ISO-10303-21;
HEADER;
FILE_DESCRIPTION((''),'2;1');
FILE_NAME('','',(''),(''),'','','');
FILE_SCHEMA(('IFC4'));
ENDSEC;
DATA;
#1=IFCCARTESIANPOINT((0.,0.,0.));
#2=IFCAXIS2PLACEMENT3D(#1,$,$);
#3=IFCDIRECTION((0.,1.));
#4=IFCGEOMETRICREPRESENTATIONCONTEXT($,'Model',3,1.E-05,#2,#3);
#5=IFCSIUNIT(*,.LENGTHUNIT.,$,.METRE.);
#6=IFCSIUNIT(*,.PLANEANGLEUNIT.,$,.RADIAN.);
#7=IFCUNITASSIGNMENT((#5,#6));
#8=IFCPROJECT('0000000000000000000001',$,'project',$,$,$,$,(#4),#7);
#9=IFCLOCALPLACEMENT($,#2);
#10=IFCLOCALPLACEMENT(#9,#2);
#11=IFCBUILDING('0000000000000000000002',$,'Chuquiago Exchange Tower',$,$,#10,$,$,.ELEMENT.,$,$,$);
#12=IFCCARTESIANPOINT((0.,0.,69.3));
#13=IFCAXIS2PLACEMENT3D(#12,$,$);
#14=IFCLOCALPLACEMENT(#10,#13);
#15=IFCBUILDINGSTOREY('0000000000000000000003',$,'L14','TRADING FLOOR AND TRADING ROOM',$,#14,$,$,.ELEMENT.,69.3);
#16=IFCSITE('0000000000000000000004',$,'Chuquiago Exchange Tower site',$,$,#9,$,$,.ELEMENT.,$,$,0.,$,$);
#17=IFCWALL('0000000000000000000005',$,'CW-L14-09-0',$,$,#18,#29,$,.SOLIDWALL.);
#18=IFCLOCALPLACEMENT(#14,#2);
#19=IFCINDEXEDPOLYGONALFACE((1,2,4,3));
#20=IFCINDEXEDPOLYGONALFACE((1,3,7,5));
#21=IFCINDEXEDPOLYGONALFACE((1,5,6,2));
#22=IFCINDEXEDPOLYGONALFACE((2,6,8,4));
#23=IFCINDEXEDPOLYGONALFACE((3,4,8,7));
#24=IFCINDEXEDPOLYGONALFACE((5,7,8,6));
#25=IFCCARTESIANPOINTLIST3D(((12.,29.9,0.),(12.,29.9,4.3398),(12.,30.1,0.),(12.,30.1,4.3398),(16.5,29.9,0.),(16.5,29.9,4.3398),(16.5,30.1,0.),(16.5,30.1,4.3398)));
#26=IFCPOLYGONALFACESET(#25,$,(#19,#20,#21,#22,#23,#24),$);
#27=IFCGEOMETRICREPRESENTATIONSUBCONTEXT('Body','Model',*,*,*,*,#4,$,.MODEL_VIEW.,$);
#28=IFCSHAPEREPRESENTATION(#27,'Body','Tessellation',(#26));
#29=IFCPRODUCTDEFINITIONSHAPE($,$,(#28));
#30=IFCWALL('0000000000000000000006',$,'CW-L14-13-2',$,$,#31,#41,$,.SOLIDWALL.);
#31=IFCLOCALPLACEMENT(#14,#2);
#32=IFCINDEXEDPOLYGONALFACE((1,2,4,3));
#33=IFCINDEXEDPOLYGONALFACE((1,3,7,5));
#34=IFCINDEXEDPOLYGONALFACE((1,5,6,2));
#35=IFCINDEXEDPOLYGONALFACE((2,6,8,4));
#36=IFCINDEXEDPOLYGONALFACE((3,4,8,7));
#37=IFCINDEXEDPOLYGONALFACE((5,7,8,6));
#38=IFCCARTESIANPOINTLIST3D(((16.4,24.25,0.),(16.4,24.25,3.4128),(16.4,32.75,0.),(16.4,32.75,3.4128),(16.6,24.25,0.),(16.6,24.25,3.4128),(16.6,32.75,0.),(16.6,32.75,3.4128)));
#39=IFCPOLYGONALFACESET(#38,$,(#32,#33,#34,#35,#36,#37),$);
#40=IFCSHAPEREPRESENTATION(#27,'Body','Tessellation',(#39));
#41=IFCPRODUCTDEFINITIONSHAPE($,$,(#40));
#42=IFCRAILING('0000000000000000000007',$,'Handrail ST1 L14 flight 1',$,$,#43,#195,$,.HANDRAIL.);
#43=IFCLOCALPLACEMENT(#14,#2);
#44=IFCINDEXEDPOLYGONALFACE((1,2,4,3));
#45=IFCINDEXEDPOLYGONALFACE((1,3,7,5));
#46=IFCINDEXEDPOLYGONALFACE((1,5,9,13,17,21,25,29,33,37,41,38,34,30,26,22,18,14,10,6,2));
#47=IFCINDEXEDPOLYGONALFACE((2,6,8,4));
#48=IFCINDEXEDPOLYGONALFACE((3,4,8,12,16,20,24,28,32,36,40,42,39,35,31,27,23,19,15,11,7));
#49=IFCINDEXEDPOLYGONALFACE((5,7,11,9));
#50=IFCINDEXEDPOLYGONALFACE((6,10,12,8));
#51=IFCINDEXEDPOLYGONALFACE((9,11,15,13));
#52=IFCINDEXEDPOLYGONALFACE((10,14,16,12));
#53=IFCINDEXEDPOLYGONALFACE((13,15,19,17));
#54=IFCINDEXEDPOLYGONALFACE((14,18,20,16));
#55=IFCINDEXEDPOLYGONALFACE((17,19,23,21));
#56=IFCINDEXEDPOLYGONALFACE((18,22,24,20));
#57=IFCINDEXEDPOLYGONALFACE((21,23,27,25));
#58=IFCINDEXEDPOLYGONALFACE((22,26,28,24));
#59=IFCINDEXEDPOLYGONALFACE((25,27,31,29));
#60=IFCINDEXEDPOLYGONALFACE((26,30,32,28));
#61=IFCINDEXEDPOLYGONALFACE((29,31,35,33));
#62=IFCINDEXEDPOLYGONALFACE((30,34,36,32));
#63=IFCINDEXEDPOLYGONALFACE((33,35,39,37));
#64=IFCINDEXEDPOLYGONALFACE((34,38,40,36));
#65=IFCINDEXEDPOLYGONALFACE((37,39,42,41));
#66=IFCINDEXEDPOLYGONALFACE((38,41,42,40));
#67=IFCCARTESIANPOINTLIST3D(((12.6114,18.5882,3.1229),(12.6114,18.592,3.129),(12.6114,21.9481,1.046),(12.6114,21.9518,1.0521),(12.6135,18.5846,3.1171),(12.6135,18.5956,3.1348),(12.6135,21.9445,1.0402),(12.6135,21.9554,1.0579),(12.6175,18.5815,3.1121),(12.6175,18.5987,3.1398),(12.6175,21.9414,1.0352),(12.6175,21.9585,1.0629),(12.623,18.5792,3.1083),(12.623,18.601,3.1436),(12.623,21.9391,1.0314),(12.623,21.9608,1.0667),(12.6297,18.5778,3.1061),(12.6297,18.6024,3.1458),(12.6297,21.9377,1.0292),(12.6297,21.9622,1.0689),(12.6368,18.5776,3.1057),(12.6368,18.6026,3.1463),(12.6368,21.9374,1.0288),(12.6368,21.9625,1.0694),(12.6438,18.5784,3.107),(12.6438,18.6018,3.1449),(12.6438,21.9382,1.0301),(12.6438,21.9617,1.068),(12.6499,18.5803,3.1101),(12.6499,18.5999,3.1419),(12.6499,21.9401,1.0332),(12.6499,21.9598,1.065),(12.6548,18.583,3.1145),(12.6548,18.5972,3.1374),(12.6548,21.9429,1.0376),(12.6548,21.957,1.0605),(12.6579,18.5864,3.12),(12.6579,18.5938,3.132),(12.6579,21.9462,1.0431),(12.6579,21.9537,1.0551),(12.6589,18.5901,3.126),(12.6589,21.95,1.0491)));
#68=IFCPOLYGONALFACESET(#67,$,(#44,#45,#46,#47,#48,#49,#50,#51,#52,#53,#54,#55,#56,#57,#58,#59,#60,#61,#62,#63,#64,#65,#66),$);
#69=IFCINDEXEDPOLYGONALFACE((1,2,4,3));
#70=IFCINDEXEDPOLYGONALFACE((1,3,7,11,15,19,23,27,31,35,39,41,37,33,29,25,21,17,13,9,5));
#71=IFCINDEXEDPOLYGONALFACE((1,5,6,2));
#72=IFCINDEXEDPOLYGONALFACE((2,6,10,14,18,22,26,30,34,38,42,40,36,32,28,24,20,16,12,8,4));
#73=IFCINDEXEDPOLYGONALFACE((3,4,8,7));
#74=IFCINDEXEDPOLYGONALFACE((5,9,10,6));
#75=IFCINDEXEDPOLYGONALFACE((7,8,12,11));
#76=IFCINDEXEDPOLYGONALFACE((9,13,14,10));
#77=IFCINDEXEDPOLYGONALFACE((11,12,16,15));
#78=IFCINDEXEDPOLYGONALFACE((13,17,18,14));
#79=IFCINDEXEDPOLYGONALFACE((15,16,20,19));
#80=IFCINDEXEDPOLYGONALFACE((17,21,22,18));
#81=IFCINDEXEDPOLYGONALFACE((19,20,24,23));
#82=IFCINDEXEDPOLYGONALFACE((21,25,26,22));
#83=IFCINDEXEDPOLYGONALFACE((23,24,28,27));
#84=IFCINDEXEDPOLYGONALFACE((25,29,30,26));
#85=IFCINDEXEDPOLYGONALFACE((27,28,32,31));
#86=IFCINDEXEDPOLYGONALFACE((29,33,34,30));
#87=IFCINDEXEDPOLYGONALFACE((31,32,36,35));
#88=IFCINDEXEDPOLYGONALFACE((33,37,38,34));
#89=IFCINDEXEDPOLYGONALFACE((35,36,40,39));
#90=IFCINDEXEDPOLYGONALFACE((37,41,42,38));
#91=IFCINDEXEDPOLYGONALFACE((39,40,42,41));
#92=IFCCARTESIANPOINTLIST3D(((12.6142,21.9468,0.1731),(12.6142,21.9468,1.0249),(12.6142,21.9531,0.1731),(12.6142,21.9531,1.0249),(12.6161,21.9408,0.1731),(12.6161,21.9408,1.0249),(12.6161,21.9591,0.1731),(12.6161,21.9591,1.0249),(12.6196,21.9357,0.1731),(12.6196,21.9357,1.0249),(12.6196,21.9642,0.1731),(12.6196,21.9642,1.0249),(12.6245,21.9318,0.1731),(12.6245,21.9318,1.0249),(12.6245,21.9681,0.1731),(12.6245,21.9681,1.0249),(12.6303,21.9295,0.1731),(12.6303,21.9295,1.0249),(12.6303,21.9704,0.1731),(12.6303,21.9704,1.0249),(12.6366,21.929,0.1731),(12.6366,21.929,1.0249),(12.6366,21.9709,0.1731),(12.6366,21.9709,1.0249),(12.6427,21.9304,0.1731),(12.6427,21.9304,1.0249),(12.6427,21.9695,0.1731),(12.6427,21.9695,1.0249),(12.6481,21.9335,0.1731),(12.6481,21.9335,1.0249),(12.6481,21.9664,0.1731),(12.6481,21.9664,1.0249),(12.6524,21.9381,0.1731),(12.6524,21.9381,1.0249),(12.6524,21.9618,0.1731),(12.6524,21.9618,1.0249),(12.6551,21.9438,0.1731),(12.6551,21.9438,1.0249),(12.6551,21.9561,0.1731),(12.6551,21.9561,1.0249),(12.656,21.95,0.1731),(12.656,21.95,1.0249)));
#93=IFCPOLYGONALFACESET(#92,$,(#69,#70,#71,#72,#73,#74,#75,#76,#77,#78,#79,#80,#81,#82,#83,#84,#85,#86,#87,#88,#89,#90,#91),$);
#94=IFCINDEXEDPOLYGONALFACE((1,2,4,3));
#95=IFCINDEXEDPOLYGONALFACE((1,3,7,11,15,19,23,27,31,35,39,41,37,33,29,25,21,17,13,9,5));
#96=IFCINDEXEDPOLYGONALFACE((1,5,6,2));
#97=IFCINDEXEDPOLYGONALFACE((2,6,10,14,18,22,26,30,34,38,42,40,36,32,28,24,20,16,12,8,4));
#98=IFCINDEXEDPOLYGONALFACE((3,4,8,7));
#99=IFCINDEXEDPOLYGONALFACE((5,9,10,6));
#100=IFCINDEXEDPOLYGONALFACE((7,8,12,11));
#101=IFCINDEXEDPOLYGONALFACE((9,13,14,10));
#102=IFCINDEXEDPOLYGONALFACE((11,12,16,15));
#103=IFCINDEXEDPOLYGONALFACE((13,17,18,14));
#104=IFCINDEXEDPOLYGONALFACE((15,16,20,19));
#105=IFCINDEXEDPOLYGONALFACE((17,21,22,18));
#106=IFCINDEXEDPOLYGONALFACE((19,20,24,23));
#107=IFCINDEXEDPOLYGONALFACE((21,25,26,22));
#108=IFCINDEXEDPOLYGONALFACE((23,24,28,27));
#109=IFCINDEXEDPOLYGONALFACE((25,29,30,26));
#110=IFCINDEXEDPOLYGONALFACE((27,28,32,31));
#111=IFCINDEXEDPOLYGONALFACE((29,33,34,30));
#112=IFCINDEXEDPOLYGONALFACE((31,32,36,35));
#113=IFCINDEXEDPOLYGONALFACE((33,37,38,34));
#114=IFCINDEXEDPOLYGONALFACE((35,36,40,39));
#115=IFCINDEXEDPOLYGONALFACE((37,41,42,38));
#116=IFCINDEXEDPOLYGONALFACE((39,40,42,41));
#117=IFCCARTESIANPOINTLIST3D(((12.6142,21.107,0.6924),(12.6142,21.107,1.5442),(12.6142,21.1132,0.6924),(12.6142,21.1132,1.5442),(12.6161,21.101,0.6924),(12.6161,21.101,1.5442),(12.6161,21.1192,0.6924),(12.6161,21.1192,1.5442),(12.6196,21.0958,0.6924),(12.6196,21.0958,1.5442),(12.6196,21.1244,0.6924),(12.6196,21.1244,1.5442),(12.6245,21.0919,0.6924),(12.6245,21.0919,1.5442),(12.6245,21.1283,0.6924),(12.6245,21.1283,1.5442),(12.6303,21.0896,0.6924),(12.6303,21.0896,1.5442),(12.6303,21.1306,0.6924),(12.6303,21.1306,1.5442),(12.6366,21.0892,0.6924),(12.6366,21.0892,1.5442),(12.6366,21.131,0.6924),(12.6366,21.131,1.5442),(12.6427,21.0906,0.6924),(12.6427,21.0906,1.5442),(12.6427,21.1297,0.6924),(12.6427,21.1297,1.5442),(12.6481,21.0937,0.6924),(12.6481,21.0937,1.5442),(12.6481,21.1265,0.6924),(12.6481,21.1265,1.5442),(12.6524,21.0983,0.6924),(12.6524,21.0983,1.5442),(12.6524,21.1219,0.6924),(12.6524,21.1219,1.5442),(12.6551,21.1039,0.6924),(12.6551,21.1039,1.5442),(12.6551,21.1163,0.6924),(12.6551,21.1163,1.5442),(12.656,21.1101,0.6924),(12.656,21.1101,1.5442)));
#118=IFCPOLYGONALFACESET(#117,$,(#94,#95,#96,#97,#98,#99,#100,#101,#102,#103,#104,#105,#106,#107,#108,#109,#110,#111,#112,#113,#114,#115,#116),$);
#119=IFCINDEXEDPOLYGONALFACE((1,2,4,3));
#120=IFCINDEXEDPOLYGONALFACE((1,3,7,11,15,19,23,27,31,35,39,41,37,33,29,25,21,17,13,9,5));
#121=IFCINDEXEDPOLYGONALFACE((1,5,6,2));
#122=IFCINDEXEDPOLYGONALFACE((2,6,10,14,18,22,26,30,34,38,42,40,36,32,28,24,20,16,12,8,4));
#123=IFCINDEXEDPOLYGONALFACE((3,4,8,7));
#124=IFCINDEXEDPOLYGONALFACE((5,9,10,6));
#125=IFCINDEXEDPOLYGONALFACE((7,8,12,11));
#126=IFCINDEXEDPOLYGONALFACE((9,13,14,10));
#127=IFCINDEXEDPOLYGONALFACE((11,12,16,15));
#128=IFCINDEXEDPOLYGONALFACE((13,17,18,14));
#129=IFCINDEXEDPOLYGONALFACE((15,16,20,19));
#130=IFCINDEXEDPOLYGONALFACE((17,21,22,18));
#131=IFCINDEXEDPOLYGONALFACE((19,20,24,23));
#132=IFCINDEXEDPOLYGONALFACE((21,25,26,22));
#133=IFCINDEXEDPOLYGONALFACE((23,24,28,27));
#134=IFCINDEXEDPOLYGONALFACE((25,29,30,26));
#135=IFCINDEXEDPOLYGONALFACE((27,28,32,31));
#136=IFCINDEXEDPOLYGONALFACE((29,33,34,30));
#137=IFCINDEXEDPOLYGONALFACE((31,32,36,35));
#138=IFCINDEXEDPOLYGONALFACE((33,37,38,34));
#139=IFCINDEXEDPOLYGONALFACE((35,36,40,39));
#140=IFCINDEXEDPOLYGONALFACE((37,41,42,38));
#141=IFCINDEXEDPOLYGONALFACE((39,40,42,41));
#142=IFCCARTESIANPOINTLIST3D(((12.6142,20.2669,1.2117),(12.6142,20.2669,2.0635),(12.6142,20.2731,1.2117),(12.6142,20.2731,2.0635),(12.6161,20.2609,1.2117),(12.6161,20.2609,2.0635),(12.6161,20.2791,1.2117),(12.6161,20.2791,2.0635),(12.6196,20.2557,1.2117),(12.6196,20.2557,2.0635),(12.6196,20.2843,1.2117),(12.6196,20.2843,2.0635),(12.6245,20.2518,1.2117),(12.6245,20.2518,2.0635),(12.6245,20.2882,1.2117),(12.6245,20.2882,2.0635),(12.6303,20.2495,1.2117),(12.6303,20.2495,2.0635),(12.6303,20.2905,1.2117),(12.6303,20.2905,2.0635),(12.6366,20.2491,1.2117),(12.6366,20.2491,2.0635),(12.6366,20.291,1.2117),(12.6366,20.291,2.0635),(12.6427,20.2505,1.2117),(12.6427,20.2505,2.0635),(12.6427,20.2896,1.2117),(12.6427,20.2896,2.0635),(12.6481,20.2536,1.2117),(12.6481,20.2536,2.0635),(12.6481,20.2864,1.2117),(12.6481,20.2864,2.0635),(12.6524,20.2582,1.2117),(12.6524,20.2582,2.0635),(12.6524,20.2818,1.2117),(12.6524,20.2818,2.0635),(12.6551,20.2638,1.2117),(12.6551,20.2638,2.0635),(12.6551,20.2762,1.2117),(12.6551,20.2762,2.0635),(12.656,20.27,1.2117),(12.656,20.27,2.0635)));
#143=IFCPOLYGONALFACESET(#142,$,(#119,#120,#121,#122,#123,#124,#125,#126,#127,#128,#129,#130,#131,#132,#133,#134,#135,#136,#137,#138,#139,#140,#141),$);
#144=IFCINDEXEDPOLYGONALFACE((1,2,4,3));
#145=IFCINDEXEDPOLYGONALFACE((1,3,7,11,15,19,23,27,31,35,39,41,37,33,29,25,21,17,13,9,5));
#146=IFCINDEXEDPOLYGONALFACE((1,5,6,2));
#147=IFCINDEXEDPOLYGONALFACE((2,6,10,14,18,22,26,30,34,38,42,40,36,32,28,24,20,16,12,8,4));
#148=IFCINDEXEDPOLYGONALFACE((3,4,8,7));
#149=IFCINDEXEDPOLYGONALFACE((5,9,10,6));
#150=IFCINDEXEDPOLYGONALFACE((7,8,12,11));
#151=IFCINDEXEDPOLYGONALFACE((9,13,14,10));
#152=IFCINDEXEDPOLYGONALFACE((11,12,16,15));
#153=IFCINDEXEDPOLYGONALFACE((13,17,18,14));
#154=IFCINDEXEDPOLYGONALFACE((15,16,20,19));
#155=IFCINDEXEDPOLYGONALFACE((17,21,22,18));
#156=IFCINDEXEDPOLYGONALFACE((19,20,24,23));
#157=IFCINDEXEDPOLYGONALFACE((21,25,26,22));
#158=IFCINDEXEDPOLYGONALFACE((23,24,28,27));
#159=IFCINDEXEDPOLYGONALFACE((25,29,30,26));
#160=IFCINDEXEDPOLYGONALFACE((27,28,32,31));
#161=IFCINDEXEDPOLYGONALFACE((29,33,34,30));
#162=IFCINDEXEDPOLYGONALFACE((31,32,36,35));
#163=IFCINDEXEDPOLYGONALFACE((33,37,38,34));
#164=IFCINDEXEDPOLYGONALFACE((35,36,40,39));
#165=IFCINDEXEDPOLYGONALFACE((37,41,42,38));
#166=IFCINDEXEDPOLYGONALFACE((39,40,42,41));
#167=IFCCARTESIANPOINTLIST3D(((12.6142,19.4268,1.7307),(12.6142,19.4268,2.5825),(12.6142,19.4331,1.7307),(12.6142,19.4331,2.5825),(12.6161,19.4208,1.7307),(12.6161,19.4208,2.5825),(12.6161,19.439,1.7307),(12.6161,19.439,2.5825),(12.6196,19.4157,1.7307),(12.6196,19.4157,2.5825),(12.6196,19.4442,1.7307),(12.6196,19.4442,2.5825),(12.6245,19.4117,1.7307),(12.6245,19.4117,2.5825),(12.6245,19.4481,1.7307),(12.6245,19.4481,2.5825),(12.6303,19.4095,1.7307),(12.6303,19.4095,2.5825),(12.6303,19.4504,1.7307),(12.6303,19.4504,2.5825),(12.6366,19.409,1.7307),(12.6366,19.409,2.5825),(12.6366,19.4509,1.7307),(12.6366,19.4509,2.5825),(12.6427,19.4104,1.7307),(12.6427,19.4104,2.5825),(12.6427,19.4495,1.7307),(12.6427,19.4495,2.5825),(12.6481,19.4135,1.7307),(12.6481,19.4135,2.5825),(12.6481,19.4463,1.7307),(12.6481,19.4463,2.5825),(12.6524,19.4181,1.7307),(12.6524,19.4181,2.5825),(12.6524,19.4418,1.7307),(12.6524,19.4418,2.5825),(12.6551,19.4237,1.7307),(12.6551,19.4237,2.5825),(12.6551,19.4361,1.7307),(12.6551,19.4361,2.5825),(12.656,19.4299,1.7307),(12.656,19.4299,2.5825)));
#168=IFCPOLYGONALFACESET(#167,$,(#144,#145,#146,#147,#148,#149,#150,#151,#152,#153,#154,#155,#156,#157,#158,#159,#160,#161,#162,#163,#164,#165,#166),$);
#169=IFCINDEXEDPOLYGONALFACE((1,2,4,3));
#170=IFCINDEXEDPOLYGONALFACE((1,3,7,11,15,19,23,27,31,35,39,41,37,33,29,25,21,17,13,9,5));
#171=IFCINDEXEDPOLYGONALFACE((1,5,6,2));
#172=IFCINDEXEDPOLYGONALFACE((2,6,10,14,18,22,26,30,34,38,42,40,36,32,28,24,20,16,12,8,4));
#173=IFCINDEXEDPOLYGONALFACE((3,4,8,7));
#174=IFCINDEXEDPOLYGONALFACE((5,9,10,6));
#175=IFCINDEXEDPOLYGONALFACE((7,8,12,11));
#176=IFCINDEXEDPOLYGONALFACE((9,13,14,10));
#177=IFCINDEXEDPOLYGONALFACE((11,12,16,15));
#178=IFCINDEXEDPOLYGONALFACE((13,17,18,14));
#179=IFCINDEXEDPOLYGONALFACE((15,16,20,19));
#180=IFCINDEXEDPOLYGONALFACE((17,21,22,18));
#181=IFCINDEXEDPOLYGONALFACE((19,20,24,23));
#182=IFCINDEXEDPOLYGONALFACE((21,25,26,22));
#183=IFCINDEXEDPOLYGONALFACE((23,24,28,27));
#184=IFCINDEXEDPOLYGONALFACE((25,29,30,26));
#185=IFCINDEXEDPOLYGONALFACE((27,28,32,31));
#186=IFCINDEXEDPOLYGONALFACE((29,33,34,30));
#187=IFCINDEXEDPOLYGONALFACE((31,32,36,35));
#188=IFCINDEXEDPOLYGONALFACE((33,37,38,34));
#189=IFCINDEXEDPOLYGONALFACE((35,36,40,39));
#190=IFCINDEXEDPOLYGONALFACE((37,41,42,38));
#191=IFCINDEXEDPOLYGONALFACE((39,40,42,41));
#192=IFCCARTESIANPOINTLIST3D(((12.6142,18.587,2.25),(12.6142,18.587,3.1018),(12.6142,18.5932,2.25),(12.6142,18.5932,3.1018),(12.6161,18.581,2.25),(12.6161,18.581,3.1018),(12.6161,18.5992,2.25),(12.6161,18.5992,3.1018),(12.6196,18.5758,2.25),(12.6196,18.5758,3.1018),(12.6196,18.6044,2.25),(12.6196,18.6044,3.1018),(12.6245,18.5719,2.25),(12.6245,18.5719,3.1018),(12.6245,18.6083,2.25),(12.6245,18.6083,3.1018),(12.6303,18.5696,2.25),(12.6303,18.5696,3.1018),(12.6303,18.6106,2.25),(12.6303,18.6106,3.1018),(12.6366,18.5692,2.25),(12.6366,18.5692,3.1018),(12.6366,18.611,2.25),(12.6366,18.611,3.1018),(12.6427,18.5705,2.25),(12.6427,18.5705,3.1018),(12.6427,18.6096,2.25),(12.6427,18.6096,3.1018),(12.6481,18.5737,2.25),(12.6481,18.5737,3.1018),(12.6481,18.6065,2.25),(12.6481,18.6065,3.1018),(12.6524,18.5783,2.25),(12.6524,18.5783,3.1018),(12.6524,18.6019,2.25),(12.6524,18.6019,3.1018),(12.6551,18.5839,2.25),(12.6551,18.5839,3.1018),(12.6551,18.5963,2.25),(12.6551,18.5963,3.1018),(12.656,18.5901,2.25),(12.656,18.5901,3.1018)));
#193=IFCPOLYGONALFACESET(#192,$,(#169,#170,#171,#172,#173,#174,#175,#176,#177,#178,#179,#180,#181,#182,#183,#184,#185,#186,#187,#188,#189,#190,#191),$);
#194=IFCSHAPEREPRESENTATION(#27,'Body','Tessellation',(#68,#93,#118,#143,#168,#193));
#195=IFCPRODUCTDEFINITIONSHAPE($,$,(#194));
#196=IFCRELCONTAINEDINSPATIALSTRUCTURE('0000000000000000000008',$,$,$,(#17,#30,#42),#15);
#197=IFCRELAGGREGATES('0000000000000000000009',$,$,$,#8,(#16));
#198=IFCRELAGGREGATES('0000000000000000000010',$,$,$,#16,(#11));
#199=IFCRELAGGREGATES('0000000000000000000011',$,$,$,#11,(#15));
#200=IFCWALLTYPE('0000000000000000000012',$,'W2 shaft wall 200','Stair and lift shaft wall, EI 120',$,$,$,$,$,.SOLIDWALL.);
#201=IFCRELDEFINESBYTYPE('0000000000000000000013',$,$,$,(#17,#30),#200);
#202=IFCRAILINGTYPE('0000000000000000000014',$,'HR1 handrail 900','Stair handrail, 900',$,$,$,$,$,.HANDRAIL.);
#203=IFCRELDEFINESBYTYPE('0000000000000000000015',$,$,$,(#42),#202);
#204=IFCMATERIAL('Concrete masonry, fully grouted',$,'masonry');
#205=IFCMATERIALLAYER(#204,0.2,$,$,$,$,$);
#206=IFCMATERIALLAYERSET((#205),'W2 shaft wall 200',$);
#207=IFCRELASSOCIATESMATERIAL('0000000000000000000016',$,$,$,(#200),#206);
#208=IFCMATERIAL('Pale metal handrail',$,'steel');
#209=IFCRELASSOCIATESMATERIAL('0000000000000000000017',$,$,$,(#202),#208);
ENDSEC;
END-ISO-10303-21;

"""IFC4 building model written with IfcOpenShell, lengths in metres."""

from ifc_helpers import new_model, si_unit, direction, frame, frame_2d, origin, origin_2d, place, context, subcontext, project, spatial, rectangle, circle, extrude, material, layer, layer_set, type_object, element, save


model = new_model("IFC4")

# Units and contexts
model_context = context("Model", 3, precision=1e-05, world=origin(), true_north=direction((0.0, 1.0)))
body_context = subcontext(model_context, "Body", "Model", "MODEL_VIEW")
ifc_project = project(units=[si_unit("LENGTHUNIT", "METRE"), si_unit("PLANEANGLEUNIT", "RADIAN")], contexts=[model_context])

# Site, building, storey
site_placement = place(None, origin())
site = spatial("IfcSite", under=ifc_project, at=site_placement, Name="Chuquiago Exchange Tower site", CompositionType="ELEMENT", RefElevation=0.0)
building_placement = place(site_placement, origin())
building = spatial("IfcBuilding", under=site, at=building_placement, Name="Chuquiago Exchange Tower", CompositionType="ELEMENT")
storey_placement = place(building_placement, frame((0.0, 0.0, 69.3)))
storey = spatial("IfcBuildingStorey", under=building, at=storey_placement, Name="L14", Description="TRADING FLOOR AND TRADING ROOM", CompositionType="ELEMENT", Elevation=69.3)

# Shared definitions
ifc_material_1 = material(Name="Concrete masonry, fully grouted", Category="masonry")
ifc_layer_1 = layer(ifc_material_1, 0.2)
ifc_layer_set_1 = layer_set([ifc_layer_1], Name="W2 shaft wall 200")
wall_type_1 = type_object("IfcWallType", Name="W2 shaft wall 200", Description="Stair and lift shaft wall, EI 120", PredefinedType="SOLIDWALL", material=ifc_layer_set_1)

# Walls
wall_1_placement = place(storey_placement, frame((12.0, 30.0, 0.0), z_axis=(0.0, 0.0, 1.0), x_axis=(1.0, 0.0, 0.0)))
element("IfcWall", 1, at=wall_1_placement, inside=storey, type_object=wall_type_1, Name="CW-L14-09-0", PredefinedType="SOLIDWALL", context=body_context, shape_type="SweptSolid", body=[
    extrude(rectangle(XDim=4.5, YDim=0.2, at=frame_2d((2.25, 0.0))), origin(), (0.0, 0.0, 1.0), 4.3398),
])
wall_2_placement = place(storey_placement, frame((16.5, 24.25, 0.0), z_axis=(0.0, 0.0, 1.0), x_axis=(0.0, 1.0, 0.0)))
element("IfcWall", 2, at=wall_2_placement, inside=storey, type_object=wall_type_1, Name="CW-L14-13-2", PredefinedType="SOLIDWALL", context=body_context, shape_type="SweptSolid", body=[
    extrude(rectangle(XDim=8.5, YDim=0.2, at=frame_2d((4.25, 0.0))), origin(), (0.0, 0.0, 1.0), 3.4128),
])

# Railing
ifc_material_2 = material(Name="Pale metal handrail", Category="steel")
railing_type = type_object("IfcRailingType", Name="HR1 handrail 900", Description="Stair handrail, 900", PredefinedType="HANDRAIL", material=ifc_material_2)
for number, where, name in (
    (3, (12.635, 21.95, 0.1731), "Handrail ST1 L14 flight 1"),
):
    element("IfcRailing", number, at=place(storey_placement, frame(where)), inside=storey, type_object=railing_type, Name=name, PredefinedType="HANDRAIL", context=body_context, shape_type="SweptSolid", body=[
        extrude(circle(Radius=0.0239, at=origin_2d()), frame((0.0, 0.0, 0.876), z_axis=(0.0, -0.850606, 0.525803), x_axis=(1.0, 0.0, 0.0)), (0.0, 0.0, 1.0), 3.95),
        extrude(circle(Radius=0.021, at=origin_2d()), origin(), (0.0, 0.0, 1.0), 0.8518),
        extrude(circle(Radius=0.021, at=origin_2d()), frame((0.0, -0.8398, 0.5193)), (0.0, 0.0, 1.0), 0.8518),
        extrude(circle(Radius=0.021, at=origin_2d()), frame((0.0, -1.6799, 1.0386)), (0.0, 0.0, 1.0), 0.8518),
        extrude(circle(Radius=0.021, at=origin_2d()), frame((0.0, -2.52, 1.5576)), (0.0, 0.0, 1.0), 0.8518),
        extrude(circle(Radius=0.021, at=origin_2d()), frame((0.0, -3.3599, 2.0769)), (0.0, 0.0, 1.0), 0.8518),
    ])

save(model, "model.ifc")
